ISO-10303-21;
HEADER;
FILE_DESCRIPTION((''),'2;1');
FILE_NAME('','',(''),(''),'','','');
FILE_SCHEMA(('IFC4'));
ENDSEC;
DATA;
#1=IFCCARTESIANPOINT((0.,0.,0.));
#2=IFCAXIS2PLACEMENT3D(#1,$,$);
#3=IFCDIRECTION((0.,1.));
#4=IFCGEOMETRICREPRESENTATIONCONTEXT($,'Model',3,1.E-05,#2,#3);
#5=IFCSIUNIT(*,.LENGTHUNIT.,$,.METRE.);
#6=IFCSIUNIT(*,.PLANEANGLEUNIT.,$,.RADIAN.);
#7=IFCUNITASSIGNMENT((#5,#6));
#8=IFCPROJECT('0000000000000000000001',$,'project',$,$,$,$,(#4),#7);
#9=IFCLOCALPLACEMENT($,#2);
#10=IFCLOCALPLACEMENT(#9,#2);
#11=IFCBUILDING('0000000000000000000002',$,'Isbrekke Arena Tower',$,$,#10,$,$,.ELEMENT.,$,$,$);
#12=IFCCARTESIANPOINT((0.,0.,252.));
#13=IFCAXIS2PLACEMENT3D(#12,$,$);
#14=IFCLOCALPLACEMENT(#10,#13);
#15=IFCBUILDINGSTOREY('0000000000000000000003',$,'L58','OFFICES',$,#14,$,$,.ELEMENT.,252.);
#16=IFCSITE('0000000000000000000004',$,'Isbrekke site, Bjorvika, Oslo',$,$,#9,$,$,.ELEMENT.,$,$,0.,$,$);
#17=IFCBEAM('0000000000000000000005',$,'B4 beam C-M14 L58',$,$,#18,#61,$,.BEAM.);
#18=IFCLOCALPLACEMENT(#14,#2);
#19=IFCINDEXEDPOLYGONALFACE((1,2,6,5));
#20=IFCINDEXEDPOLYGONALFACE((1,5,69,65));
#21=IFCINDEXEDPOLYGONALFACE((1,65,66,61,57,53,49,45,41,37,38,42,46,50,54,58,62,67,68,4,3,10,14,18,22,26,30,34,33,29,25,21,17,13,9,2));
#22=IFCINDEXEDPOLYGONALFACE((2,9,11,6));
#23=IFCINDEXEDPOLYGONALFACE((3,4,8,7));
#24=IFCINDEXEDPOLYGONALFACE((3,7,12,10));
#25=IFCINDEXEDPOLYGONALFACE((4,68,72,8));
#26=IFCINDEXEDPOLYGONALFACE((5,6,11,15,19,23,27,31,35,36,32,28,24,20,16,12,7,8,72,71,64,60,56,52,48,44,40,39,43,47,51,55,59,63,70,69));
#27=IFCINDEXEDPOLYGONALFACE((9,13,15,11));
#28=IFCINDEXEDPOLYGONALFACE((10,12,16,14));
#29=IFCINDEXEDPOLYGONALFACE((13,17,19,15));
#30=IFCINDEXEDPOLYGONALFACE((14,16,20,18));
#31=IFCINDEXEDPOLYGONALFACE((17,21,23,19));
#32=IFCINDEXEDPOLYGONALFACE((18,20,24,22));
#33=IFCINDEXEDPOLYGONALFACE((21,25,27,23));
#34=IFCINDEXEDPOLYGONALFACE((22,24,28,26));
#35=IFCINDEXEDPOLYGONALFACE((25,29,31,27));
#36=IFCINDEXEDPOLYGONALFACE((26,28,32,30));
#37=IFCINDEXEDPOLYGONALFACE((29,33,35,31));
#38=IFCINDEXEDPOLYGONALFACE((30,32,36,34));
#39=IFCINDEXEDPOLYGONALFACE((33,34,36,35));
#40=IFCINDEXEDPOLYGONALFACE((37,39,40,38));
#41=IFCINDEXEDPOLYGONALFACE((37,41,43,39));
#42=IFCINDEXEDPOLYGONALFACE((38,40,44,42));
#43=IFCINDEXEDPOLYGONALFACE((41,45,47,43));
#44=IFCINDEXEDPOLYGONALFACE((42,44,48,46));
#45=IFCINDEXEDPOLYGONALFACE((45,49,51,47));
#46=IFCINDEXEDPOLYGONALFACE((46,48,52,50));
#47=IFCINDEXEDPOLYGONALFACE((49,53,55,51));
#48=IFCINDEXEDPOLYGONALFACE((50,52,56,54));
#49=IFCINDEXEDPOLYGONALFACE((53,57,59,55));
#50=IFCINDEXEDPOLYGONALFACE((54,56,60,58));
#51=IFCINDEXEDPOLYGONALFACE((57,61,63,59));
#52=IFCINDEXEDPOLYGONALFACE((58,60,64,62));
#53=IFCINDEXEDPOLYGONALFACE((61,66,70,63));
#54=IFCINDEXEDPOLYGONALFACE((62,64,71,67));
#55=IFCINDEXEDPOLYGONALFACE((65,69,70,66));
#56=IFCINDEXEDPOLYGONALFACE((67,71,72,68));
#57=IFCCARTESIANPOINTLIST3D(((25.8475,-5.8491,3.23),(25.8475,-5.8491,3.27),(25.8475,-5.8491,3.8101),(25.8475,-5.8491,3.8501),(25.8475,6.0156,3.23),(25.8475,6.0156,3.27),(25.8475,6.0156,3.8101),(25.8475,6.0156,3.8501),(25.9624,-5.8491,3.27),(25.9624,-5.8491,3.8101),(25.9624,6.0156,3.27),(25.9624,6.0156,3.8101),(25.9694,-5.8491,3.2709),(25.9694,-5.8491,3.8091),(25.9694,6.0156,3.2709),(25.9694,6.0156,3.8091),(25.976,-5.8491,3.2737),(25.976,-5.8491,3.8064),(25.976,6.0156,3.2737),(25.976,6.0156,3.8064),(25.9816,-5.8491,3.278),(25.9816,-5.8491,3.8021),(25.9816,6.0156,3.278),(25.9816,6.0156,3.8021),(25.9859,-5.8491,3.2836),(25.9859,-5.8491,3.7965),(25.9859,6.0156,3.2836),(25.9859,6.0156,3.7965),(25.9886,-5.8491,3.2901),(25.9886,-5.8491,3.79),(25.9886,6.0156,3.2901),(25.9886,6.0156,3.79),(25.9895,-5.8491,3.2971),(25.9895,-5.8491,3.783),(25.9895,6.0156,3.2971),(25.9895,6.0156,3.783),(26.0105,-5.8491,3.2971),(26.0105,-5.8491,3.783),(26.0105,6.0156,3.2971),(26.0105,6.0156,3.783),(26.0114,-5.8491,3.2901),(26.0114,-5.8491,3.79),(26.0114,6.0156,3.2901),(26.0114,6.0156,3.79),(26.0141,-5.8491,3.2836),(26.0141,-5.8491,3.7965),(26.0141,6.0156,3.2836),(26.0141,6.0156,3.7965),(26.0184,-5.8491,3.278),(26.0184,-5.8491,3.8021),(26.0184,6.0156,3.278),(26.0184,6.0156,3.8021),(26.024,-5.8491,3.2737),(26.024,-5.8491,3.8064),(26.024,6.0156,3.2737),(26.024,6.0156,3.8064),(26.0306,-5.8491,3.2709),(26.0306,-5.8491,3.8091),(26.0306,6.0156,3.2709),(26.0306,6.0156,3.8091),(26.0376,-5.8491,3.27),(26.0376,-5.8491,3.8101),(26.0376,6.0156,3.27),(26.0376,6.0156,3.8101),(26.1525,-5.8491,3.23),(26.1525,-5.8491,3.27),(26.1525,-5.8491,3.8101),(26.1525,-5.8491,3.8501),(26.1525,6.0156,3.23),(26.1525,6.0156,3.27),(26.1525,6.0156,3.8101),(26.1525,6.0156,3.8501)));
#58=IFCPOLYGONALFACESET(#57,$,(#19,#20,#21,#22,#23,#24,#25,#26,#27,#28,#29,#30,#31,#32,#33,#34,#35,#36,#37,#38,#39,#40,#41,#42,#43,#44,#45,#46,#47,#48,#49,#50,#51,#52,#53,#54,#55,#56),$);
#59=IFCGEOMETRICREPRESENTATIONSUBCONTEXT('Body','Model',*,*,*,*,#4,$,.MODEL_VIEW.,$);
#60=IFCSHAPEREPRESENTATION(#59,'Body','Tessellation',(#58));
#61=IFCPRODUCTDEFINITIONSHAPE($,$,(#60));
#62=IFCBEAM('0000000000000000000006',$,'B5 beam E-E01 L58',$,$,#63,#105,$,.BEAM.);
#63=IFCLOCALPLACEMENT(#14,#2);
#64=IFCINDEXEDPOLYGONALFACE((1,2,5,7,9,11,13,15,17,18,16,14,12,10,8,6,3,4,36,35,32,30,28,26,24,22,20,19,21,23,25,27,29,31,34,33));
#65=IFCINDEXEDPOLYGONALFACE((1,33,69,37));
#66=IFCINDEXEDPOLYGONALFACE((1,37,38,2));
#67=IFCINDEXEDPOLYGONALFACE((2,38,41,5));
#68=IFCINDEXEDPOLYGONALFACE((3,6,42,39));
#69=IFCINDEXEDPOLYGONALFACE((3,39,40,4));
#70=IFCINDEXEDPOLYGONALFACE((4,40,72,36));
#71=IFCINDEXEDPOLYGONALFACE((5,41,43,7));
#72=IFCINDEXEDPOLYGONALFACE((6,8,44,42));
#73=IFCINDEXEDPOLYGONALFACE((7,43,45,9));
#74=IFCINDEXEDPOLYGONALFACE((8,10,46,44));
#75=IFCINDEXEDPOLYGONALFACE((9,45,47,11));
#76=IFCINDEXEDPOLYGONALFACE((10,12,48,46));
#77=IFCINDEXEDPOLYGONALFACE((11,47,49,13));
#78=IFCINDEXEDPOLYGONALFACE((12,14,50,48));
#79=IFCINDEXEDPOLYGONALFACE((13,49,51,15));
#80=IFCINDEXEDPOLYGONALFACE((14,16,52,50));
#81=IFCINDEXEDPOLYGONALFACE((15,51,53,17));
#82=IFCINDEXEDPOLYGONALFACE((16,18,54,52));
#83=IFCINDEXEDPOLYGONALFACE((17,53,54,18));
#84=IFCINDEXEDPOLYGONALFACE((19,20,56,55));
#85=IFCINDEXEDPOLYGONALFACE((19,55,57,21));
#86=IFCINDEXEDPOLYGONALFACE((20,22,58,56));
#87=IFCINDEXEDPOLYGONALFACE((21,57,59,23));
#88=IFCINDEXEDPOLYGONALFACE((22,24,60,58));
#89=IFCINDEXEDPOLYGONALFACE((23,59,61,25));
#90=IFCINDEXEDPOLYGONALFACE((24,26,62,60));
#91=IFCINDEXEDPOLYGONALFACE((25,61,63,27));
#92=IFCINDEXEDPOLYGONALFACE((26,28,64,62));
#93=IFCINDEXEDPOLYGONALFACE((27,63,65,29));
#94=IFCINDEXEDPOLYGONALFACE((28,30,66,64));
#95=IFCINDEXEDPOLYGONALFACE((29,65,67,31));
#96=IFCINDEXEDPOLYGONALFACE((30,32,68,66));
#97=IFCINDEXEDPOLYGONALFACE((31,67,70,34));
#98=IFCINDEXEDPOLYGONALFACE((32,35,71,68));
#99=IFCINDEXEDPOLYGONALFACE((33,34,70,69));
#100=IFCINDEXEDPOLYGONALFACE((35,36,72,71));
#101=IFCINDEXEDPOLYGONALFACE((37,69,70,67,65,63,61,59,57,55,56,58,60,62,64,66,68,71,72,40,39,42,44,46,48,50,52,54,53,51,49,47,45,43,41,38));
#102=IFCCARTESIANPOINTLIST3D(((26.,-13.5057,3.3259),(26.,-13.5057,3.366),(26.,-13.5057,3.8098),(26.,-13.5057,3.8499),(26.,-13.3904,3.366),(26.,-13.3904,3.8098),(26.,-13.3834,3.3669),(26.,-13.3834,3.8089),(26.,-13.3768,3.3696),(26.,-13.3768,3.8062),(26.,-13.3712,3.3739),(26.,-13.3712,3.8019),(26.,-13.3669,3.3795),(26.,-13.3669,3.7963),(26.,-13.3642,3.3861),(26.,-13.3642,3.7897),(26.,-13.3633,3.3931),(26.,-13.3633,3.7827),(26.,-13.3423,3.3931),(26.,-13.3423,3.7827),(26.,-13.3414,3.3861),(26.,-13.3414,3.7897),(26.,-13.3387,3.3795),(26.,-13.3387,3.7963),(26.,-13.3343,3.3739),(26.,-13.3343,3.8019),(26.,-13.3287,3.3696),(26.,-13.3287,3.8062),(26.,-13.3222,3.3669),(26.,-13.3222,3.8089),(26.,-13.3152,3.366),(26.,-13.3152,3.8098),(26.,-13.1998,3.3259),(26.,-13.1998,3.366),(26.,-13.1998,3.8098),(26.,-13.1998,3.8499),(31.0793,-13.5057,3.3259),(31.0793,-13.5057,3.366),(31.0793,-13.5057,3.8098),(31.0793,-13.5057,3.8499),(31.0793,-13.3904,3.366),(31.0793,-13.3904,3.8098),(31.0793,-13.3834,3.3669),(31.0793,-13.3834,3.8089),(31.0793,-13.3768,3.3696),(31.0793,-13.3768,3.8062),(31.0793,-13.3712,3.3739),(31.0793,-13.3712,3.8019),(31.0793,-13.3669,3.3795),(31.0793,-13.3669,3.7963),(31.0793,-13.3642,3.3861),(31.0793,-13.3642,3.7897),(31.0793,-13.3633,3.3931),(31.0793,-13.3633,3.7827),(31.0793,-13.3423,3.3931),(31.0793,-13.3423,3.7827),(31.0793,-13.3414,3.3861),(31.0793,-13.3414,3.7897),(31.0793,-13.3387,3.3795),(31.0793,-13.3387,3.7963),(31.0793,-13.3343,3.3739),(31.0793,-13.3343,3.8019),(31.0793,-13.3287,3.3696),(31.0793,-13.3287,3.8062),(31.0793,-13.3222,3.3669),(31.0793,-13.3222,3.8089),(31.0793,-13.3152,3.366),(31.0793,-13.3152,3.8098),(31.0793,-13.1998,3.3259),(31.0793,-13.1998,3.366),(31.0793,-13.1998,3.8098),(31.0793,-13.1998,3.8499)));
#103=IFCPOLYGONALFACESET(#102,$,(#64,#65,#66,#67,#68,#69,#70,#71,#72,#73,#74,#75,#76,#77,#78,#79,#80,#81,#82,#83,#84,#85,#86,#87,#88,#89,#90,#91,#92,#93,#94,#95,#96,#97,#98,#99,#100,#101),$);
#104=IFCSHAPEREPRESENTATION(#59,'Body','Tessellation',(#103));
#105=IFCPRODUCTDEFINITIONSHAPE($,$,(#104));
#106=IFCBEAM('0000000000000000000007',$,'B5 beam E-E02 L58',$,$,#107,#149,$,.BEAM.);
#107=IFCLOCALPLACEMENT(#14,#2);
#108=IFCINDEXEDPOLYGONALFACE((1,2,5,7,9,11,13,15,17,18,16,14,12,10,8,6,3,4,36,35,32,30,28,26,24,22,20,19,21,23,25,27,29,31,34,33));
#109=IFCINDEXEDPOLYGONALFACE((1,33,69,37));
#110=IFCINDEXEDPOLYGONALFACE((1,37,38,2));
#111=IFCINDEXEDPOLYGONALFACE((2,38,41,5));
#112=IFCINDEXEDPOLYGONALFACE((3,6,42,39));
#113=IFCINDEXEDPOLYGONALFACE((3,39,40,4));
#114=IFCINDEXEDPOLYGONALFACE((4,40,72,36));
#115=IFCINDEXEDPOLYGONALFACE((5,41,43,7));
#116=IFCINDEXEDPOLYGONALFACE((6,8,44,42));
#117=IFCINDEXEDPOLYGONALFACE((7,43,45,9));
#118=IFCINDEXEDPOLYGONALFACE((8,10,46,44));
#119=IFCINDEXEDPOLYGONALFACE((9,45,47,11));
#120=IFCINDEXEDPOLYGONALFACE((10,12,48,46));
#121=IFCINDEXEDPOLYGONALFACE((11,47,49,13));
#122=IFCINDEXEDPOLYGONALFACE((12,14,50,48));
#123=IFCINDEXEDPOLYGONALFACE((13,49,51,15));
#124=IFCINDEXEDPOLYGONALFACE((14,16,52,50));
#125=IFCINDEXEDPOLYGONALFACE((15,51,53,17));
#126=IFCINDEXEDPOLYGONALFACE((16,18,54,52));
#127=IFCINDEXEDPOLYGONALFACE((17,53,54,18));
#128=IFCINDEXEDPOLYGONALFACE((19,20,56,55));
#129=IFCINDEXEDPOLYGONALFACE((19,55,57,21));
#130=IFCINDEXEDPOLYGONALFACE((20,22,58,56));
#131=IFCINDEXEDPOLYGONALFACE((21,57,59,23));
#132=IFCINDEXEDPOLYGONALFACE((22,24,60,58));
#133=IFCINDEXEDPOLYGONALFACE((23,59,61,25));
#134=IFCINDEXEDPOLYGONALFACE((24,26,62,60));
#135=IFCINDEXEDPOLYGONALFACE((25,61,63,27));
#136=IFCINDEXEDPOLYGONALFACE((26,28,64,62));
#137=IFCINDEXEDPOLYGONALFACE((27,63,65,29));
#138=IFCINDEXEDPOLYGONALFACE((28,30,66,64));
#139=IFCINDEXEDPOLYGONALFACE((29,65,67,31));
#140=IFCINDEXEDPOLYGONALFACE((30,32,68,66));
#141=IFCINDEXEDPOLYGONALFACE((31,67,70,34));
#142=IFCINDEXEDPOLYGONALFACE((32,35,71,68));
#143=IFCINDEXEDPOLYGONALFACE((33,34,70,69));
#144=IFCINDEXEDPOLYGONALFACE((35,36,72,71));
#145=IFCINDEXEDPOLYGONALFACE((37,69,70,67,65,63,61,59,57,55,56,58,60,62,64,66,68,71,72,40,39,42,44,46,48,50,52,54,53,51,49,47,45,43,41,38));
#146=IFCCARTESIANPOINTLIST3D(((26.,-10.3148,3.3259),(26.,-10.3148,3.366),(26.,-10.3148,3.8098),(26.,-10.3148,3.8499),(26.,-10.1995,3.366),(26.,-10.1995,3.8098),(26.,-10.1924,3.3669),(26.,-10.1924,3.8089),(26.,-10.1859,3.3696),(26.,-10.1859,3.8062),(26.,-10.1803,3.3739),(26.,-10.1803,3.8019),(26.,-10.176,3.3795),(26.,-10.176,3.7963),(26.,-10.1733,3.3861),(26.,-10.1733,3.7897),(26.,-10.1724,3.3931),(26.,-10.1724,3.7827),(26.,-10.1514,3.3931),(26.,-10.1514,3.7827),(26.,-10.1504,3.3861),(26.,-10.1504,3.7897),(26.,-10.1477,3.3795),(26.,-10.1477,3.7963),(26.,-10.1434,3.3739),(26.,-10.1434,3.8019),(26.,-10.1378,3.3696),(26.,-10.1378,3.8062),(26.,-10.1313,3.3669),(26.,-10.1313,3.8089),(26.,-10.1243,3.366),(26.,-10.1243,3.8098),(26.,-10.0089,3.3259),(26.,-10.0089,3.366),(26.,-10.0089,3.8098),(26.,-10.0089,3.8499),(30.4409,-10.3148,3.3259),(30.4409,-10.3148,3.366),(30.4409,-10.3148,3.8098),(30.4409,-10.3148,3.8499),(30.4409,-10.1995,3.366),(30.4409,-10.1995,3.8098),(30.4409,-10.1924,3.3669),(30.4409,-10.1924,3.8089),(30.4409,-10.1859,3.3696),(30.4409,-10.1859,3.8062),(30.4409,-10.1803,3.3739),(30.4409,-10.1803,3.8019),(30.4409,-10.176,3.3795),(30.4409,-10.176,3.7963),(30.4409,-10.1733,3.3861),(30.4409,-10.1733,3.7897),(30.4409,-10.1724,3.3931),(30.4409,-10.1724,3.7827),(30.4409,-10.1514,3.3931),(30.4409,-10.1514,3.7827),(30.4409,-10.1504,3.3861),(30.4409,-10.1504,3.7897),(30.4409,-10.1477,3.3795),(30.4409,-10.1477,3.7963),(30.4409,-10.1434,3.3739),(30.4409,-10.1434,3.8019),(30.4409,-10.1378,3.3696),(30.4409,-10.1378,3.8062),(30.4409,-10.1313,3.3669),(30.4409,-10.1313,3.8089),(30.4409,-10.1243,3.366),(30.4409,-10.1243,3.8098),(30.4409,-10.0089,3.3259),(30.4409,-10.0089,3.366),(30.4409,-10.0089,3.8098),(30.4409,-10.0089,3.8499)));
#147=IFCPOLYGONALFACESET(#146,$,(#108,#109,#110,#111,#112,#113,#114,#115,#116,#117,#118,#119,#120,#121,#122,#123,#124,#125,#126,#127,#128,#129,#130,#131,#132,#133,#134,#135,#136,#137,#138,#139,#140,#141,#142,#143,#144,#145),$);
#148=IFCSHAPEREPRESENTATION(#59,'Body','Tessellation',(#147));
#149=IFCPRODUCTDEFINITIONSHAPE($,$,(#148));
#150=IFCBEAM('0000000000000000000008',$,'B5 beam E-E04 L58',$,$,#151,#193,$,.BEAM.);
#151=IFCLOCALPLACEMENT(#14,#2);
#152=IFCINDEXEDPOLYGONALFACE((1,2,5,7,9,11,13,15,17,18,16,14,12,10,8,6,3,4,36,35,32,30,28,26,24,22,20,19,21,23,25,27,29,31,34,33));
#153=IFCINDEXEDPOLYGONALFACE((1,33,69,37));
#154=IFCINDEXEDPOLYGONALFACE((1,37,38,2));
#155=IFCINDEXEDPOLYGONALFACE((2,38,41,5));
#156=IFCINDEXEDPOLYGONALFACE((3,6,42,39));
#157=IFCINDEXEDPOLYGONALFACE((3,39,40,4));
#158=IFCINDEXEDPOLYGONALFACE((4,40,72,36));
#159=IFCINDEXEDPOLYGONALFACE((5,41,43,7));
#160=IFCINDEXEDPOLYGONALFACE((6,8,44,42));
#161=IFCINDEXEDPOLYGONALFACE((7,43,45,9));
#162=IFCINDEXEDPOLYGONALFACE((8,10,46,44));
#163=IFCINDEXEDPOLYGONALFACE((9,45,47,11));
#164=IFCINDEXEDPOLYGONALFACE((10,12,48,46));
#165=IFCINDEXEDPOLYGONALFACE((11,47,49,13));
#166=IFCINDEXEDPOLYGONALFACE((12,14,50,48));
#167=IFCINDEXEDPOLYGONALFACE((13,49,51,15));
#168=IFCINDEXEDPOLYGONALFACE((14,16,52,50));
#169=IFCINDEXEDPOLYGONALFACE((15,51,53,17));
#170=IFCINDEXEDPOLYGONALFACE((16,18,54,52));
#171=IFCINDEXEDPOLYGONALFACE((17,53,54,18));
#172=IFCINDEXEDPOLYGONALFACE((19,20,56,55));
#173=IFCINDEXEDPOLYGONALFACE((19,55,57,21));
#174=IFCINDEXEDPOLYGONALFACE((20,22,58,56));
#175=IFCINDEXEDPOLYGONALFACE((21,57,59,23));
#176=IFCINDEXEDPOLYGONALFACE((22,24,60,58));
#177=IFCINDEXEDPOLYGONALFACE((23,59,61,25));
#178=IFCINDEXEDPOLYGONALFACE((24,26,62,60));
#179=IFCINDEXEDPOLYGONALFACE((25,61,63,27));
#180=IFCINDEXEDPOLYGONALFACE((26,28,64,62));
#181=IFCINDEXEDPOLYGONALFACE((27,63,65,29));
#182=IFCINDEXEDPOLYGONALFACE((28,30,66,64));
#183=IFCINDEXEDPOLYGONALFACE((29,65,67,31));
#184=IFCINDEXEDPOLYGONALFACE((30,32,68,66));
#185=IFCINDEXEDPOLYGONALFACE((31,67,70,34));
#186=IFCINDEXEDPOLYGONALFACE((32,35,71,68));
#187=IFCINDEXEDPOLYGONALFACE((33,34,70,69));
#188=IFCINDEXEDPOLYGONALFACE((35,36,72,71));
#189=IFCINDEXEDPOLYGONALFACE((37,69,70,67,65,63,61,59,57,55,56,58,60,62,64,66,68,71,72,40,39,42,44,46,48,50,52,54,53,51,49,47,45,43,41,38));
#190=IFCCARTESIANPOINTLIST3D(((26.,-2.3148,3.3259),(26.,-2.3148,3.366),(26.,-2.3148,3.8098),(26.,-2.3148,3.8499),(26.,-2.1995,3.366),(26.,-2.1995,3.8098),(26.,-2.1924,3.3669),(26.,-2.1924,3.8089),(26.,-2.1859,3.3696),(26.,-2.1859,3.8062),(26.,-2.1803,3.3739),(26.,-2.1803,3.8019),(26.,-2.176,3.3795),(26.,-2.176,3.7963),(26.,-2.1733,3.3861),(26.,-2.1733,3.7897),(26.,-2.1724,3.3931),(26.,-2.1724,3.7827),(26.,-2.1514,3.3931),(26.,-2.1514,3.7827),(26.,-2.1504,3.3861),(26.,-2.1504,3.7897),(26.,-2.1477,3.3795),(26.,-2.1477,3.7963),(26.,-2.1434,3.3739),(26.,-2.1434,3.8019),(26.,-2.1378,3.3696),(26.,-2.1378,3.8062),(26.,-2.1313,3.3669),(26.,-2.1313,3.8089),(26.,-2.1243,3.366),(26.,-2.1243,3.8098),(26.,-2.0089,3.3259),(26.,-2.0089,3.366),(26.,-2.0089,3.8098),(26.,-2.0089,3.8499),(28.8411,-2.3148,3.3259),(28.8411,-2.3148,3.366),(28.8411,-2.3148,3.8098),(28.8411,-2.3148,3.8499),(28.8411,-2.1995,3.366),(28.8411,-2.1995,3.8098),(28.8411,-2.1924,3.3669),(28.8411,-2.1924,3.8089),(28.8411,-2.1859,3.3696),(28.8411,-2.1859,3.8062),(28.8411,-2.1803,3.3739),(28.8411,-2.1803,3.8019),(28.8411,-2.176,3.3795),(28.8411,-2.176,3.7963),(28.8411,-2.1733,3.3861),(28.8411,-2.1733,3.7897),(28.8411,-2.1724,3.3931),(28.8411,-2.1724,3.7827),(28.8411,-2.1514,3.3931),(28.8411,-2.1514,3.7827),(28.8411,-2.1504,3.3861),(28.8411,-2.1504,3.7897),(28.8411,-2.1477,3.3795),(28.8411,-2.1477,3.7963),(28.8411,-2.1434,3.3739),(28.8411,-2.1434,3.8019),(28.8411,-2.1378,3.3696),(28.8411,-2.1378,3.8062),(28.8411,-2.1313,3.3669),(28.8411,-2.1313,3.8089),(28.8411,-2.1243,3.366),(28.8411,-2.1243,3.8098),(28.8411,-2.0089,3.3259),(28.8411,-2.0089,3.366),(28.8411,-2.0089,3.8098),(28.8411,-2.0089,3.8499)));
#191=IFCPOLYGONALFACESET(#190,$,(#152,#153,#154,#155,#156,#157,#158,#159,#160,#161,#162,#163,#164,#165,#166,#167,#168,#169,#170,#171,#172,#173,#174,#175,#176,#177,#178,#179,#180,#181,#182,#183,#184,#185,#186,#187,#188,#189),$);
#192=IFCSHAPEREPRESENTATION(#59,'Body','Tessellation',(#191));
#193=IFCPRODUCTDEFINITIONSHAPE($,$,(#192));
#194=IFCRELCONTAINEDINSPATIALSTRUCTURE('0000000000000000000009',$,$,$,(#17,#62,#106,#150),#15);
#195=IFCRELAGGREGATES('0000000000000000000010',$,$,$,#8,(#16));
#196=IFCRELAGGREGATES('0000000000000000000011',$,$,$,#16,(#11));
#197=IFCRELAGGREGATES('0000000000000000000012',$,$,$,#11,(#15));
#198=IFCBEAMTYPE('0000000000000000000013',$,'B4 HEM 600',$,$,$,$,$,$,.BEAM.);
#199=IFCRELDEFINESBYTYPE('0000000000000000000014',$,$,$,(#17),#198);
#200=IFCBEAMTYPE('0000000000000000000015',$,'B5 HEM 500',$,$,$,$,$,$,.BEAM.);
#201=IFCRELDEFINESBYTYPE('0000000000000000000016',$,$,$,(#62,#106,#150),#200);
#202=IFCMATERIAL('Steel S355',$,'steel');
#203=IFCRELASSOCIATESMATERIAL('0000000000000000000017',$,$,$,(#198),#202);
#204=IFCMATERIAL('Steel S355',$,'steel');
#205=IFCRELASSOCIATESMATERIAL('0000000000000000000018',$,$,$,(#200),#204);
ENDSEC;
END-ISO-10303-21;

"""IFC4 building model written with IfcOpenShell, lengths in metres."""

from ifc_helpers import new_model, si_unit, direction, frame, origin, origin_2d, place, context, subcontext, project, spatial, i_section, extrude, material, material_profile, profile_set, type_object, element, save


model = new_model("IFC4")

# Units and contexts
model_context = context("Model", 3, precision=1e-05, world=origin(), true_north=direction((0.0, 1.0)))
body_context = subcontext(model_context, "Body", "Model", "MODEL_VIEW")
ifc_project = project(units=[si_unit("LENGTHUNIT", "METRE"), si_unit("PLANEANGLEUNIT", "RADIAN")], contexts=[model_context])

# Site, building, storey
site_placement = place(None, origin())
site = spatial("IfcSite", under=ifc_project, at=site_placement, Name="Isbrekke site, Bjorvika, Oslo", CompositionType="ELEMENT", RefElevation=0.0)
building_placement = place(site_placement, origin())
building = spatial("IfcBuilding", under=site, at=building_placement, Name="Isbrekke Arena Tower", CompositionType="ELEMENT")
storey_placement = place(building_placement, frame((0.0, 0.0, 252.0)))
storey = spatial("IfcBuildingStorey", under=building, at=storey_placement, Name="L58", Description="OFFICES", CompositionType="ELEMENT", Elevation=252.0)

# Beams
ifc_material_1 = material(Name="Steel S355", Category="steel")
ifc_material_profile_1 = material_profile(ifc_material_1, i_section(OverallWidth=0.3049, OverallDepth=0.6201, WebThickness=0.021, FlangeThickness=0.04, FilletRadius=0.0271, at=origin_2d()), Name="HEM 600")
ifc_profile_set_1 = profile_set([ifc_material_profile_1], Name="Steel S355")
beam_type_1 = type_object("IfcBeamType", Name="B4 HEM 600", PredefinedType="BEAM", material=ifc_profile_set_1)
beam_1_placement = place(storey_placement, frame((26.0, -5.8491, 3.54), z_axis=(0.0, 1.0, 0.0), x_axis=(-1.0, 0.0, 0.0)))
element("IfcBeam", 1, at=beam_1_placement, inside=storey, type_object=beam_type_1, Name="B4 beam C-M14 L58", PredefinedType="BEAM", context=body_context, shape_type="SweptSolid", body=[
    extrude(i_section(OverallWidth=0.3049, OverallDepth=0.6201, WebThickness=0.021, FlangeThickness=0.04, FilletRadius=0.0271, at=origin_2d()), origin(), (0.0, 0.0, 1.0), 11.8647),
])
ifc_material_2 = material(Name="Steel S355", Category="steel")
ifc_material_profile_2 = material_profile(ifc_material_2, i_section(OverallWidth=0.3059, OverallDepth=0.5239, WebThickness=0.021, FlangeThickness=0.04, FilletRadius=0.0271, at=origin_2d()), Name="HEM 500")
ifc_profile_set_2 = profile_set([ifc_material_profile_2], Name="Steel S355")
beam_type_2 = type_object("IfcBeamType", Name="B5 HEM 500", PredefinedType="BEAM", material=ifc_profile_set_2)
beam_2_placement = place(storey_placement, frame((31.0793, -13.3528, 3.5879), z_axis=(-1.0, 0.0, 0.0), x_axis=(0.0, -1.0, 0.0)))
element("IfcBeam", 2, at=beam_2_placement, inside=storey, type_object=beam_type_2, Name="B5 beam E-E01 L58", PredefinedType="BEAM", context=body_context, shape_type="SweptSolid", body=[
    extrude(i_section(OverallWidth=0.3059, OverallDepth=0.5239, WebThickness=0.021, FlangeThickness=0.04, FilletRadius=0.0271, at=origin_2d()), origin(), (0.0, 0.0, 1.0), 5.0793),
])
beam_3_placement = place(storey_placement, frame((30.4409, -10.1619, 3.5879), z_axis=(-1.0, 0.0, 0.0), x_axis=(0.0, -1.0, 0.0)))
element("IfcBeam", 3, at=beam_3_placement, inside=storey, type_object=beam_type_2, Name="B5 beam E-E02 L58", PredefinedType="BEAM", context=body_context, shape_type="SweptSolid", body=[
    extrude(i_section(OverallWidth=0.3059, OverallDepth=0.5239, WebThickness=0.021, FlangeThickness=0.04, FilletRadius=0.0271, at=origin_2d()), origin(), (0.0, 0.0, 1.0), 4.4409),
])
beam_4_placement = place(storey_placement, frame((28.8411, -2.1619, 3.5879), z_axis=(-1.0, 0.0, 0.0), x_axis=(0.0, -1.0, 0.0)))
element("IfcBeam", 4, at=beam_4_placement, inside=storey, type_object=beam_type_2, Name="B5 beam E-E04 L58", PredefinedType="BEAM", context=body_context, shape_type="SweptSolid", body=[
    extrude(i_section(OverallWidth=0.3059, OverallDepth=0.5239, WebThickness=0.021, FlangeThickness=0.04, FilletRadius=0.0271, at=origin_2d()), origin(), (0.0, 0.0, 1.0), 2.8411),
])

save(model, "model.ifc")
